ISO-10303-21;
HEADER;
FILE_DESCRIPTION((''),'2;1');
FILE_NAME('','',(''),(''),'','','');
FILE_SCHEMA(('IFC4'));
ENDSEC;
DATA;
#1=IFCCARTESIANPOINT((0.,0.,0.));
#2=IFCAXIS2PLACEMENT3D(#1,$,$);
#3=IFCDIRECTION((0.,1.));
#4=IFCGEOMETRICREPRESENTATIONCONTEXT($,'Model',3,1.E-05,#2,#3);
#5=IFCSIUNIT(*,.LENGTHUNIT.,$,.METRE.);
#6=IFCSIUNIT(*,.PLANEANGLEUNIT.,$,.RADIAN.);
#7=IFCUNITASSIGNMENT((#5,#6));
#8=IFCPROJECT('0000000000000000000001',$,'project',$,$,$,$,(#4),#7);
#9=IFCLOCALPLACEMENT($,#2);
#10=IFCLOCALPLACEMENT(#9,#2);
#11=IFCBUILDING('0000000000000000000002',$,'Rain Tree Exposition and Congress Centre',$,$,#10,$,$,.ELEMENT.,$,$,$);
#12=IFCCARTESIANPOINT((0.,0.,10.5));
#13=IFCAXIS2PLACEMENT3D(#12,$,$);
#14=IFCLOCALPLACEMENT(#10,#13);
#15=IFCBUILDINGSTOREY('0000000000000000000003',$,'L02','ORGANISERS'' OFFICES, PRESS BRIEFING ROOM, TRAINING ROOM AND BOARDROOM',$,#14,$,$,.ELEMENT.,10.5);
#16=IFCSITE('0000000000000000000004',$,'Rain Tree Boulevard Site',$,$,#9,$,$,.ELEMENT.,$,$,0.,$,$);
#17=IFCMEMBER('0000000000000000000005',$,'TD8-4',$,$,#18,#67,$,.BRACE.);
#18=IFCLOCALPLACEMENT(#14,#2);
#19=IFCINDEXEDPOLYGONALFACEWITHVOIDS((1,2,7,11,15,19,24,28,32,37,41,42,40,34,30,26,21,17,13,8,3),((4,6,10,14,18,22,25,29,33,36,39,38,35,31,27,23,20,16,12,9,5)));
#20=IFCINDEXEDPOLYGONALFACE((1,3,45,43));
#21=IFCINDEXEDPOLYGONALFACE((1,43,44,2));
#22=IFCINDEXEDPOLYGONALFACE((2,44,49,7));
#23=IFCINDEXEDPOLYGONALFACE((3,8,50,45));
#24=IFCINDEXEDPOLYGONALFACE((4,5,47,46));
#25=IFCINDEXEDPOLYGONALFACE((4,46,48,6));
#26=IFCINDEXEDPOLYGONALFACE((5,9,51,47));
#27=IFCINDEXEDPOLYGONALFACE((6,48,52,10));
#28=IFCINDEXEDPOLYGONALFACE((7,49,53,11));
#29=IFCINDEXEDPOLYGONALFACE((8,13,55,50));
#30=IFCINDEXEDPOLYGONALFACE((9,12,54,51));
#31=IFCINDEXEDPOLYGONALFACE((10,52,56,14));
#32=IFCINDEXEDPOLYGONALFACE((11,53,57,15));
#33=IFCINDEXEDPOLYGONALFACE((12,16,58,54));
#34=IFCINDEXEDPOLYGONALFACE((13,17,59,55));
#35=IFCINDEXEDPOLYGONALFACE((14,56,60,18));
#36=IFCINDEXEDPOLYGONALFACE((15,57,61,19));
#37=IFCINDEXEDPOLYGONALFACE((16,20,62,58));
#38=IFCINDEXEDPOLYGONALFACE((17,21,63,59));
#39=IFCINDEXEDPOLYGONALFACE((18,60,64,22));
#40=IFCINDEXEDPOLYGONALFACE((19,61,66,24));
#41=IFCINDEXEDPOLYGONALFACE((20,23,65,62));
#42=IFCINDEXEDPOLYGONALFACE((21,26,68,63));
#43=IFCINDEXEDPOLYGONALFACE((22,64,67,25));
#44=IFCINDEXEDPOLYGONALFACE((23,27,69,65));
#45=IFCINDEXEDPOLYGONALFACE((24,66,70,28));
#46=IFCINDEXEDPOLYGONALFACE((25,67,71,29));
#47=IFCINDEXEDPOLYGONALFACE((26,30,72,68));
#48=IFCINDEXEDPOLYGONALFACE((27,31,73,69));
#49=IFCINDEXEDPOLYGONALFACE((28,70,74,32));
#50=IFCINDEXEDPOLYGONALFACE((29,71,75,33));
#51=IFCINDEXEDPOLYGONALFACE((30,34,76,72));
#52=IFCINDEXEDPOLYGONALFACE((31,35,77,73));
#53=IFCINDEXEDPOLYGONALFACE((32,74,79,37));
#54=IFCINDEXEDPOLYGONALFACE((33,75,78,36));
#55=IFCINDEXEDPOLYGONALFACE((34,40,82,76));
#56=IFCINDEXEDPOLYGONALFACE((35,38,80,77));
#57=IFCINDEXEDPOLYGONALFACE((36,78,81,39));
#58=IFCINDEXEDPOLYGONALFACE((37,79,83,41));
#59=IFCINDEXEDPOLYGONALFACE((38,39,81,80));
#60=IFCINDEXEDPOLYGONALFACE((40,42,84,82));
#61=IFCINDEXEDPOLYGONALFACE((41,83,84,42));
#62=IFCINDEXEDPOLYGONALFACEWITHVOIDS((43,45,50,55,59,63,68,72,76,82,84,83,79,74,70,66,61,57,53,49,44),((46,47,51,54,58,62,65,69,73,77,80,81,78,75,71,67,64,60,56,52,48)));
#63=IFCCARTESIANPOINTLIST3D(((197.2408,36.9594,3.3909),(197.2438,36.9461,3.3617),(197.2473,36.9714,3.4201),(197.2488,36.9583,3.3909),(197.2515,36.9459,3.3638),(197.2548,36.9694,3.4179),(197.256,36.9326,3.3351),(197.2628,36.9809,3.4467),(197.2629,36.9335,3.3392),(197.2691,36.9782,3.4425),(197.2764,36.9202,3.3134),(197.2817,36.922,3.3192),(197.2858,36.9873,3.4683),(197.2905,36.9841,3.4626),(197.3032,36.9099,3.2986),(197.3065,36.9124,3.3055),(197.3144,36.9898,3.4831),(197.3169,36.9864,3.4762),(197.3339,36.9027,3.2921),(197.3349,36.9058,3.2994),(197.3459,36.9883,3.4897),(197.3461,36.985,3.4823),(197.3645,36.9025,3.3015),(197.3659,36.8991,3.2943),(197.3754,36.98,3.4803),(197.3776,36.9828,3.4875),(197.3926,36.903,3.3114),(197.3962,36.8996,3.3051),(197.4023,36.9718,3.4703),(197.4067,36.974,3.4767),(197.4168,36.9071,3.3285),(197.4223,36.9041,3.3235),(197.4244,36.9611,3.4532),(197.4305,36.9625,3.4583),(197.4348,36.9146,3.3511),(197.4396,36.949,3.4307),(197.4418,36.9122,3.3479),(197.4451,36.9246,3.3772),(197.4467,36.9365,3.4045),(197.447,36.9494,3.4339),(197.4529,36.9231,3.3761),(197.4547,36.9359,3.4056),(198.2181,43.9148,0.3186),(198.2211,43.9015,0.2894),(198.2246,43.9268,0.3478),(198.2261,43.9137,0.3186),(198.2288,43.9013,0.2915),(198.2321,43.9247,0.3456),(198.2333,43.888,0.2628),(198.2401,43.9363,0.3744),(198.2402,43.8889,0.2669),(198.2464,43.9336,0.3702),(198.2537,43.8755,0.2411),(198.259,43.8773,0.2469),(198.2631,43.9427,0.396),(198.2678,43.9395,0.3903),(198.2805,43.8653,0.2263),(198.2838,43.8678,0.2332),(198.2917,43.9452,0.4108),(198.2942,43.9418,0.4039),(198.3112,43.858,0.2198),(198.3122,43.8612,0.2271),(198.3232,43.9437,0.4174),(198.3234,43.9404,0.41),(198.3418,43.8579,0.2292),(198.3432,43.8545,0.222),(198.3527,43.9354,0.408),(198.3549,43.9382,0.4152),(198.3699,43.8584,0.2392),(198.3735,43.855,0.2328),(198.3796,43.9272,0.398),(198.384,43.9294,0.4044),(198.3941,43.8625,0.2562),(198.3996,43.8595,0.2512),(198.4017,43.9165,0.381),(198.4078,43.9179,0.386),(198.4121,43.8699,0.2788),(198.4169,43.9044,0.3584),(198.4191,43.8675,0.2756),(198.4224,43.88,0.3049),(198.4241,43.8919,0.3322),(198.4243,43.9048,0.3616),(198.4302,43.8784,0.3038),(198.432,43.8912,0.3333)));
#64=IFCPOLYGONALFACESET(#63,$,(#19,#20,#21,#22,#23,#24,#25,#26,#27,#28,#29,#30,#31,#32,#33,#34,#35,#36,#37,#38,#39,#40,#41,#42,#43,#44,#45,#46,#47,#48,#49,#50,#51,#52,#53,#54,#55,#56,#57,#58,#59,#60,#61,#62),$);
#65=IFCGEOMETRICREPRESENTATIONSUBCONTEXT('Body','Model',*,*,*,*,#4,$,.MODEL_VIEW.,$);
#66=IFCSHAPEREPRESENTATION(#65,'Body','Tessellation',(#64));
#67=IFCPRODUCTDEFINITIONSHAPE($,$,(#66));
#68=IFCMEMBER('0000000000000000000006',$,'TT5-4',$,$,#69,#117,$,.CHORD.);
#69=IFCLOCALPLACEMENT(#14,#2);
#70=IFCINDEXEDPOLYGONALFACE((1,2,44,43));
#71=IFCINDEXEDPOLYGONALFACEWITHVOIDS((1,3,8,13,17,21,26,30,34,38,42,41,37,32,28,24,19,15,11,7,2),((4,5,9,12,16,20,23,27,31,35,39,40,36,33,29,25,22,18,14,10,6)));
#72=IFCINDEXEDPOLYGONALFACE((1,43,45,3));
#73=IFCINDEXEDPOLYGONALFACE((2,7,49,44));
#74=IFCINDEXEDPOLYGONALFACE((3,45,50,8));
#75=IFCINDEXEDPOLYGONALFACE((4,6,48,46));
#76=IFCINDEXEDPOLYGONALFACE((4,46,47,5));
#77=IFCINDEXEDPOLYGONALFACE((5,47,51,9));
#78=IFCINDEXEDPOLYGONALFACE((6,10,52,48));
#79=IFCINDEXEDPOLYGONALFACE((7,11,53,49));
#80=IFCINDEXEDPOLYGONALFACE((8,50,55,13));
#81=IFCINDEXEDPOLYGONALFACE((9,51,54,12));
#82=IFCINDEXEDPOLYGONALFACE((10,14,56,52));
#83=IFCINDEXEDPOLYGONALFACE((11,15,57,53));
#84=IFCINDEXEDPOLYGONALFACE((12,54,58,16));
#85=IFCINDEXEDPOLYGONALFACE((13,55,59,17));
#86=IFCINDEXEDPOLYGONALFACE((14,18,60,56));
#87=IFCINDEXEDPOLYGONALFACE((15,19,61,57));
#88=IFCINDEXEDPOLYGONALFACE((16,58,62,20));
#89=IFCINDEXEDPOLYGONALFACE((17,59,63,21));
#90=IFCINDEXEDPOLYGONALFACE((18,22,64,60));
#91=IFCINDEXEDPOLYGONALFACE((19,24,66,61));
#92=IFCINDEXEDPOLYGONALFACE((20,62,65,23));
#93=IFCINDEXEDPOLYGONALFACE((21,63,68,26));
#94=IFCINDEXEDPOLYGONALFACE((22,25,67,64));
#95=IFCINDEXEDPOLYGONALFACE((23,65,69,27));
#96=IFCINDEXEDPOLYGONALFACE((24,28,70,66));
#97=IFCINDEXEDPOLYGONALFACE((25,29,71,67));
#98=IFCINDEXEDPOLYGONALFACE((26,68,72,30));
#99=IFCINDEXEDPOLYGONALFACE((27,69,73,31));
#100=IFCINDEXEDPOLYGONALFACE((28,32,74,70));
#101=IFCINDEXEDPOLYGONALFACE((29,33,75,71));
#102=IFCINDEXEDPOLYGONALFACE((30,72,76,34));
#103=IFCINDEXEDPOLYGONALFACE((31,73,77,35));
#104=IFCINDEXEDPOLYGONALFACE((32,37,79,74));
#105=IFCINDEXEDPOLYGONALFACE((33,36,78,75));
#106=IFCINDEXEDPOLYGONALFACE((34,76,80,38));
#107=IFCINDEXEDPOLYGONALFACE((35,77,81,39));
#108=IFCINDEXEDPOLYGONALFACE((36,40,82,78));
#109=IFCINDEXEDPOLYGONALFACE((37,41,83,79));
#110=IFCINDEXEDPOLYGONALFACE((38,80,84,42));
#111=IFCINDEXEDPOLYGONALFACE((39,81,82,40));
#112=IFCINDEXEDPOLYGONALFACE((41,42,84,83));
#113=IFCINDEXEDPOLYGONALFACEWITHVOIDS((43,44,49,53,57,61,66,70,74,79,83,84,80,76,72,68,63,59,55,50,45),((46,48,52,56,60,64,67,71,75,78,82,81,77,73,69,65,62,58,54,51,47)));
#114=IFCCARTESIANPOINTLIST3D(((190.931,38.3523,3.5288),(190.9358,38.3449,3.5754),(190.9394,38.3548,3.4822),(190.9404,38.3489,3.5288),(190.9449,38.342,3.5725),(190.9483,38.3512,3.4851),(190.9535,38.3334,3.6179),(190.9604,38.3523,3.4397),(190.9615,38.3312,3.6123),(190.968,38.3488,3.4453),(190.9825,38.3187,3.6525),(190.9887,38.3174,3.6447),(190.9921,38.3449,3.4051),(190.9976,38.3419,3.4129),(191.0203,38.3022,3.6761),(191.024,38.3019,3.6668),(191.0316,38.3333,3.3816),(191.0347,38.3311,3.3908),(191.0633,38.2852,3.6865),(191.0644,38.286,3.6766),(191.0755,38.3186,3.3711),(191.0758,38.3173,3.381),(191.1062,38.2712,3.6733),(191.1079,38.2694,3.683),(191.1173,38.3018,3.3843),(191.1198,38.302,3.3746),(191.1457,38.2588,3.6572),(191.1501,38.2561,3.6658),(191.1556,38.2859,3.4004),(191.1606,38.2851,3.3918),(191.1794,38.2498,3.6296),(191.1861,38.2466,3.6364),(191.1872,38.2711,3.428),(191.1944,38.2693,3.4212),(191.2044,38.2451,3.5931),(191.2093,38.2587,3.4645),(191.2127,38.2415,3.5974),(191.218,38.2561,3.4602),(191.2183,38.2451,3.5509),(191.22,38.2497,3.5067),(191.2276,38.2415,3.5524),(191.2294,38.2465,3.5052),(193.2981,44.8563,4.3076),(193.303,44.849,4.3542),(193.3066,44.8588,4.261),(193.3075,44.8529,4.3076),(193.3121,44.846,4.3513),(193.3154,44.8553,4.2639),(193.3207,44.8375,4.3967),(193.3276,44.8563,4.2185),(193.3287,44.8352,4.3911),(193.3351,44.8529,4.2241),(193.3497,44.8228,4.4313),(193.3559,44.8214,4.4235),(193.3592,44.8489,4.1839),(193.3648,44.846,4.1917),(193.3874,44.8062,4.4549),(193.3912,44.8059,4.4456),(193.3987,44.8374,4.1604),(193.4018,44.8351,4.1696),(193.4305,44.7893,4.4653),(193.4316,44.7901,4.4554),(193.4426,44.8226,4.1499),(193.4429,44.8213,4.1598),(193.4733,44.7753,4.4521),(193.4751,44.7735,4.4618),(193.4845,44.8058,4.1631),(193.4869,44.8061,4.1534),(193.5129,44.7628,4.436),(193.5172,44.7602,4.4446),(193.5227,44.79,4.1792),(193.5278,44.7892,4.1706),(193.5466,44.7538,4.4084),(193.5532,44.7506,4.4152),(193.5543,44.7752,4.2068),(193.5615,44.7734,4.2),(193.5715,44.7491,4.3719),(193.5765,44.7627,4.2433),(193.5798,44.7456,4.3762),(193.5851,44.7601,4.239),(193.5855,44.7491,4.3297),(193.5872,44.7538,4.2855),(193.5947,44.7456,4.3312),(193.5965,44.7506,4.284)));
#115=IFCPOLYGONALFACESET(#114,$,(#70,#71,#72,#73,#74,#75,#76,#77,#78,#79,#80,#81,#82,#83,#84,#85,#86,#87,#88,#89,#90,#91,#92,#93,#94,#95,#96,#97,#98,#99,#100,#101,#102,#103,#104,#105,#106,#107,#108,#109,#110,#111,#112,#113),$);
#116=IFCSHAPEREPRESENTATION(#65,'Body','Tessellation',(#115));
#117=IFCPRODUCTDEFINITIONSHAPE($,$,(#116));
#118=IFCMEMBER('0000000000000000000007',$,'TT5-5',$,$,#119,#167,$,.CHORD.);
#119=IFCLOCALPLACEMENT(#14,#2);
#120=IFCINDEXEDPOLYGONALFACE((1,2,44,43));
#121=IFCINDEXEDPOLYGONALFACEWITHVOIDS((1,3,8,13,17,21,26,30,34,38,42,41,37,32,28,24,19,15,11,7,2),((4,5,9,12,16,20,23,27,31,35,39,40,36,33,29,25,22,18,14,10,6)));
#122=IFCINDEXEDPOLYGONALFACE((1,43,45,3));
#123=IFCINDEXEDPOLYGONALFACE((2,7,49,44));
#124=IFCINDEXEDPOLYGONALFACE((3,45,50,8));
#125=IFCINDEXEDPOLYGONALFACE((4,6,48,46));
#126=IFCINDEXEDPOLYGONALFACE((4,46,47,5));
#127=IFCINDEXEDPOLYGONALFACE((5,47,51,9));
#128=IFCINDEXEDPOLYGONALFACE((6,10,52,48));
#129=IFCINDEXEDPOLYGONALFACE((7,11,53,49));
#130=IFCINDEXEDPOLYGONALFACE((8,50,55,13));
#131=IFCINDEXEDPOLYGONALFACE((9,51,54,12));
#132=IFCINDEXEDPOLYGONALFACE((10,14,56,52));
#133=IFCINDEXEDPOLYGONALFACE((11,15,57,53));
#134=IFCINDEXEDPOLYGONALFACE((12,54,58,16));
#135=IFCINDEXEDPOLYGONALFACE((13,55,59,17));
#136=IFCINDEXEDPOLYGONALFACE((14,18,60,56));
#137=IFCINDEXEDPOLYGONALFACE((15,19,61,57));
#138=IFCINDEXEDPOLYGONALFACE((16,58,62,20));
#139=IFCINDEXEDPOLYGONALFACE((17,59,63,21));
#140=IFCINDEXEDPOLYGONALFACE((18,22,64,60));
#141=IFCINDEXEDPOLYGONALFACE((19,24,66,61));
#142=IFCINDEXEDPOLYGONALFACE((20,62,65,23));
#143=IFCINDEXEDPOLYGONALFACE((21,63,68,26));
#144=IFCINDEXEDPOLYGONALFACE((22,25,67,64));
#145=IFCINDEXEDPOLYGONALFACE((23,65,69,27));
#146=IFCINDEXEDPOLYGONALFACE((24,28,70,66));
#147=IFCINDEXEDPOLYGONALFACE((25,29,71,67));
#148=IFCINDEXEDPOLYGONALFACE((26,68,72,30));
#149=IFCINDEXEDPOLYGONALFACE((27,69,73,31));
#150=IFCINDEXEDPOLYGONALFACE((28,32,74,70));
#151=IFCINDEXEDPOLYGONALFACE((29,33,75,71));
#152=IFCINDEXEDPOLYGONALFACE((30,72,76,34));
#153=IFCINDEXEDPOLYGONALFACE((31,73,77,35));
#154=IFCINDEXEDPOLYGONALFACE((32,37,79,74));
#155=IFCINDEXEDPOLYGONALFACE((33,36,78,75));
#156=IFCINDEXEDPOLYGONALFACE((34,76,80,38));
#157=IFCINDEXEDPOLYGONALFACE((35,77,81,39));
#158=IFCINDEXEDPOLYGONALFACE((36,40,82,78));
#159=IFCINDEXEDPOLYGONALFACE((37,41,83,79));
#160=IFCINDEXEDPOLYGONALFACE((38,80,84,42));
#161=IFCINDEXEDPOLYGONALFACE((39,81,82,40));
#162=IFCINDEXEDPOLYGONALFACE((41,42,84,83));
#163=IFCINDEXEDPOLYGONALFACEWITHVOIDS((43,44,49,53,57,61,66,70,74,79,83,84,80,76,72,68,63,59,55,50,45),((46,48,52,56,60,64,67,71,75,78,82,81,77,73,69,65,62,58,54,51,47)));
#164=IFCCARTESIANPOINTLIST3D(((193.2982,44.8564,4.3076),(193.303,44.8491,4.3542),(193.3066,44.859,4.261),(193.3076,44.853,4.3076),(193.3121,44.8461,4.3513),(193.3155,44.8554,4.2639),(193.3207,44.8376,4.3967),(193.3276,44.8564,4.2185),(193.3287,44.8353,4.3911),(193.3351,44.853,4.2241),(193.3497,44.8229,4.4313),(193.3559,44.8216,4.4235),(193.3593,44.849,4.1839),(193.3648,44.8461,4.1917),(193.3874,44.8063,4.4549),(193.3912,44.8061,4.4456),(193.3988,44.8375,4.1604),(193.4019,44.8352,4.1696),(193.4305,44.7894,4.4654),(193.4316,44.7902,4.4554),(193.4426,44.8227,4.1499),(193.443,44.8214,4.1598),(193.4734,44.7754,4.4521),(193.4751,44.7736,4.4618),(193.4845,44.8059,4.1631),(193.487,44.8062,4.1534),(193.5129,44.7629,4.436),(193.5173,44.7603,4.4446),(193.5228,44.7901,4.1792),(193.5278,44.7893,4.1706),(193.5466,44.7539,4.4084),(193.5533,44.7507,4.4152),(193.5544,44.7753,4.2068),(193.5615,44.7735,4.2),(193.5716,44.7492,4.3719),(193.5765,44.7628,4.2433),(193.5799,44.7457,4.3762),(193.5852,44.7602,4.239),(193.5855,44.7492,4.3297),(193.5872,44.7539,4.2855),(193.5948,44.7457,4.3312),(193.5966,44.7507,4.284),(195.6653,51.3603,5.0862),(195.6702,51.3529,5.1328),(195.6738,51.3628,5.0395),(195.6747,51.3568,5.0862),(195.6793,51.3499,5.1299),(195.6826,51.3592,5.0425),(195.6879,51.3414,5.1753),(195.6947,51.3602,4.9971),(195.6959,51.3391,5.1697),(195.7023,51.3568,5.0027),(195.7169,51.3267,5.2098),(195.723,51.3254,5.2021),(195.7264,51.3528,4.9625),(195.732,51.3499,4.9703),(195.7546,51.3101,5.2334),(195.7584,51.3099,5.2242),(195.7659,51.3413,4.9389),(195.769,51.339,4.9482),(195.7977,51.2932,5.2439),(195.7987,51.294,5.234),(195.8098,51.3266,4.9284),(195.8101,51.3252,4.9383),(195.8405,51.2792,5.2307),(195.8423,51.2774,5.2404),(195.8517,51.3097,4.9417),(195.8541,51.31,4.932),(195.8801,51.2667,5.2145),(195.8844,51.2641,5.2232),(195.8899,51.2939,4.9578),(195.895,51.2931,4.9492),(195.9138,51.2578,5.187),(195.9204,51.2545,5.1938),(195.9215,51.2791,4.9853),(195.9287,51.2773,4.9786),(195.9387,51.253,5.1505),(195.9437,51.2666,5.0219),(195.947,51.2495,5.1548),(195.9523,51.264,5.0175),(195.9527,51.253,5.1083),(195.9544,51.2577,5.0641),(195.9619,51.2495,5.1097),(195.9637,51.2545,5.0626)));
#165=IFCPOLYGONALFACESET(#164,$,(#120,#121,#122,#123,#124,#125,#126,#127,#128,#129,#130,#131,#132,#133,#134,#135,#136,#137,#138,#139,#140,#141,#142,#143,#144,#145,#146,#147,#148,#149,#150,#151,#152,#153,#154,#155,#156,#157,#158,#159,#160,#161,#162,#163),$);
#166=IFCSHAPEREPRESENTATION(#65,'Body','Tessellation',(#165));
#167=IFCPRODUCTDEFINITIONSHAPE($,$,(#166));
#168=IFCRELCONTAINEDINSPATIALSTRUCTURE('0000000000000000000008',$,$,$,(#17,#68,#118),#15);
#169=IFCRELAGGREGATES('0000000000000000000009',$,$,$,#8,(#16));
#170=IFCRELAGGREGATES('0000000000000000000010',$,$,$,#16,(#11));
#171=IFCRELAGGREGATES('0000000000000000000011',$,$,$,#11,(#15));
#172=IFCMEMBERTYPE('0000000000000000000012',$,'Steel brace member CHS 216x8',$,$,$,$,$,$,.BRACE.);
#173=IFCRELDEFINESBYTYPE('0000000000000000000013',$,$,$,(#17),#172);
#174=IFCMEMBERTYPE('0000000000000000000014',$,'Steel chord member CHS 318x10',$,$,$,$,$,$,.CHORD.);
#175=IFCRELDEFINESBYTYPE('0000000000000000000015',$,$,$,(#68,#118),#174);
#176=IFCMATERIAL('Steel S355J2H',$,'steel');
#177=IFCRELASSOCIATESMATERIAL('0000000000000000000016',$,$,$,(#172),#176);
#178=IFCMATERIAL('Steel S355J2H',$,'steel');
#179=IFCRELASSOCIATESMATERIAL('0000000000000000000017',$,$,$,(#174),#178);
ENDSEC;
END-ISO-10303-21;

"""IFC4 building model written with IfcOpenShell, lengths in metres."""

from ifc_helpers import new_model, si_unit, direction, frame, origin, origin_2d, place, context, subcontext, project, spatial, hollow_circle, extrude, material, material_profile, profile_set, type_object, element, save


model = new_model("IFC4")

# Units and contexts
model_context = context("Model", 3, precision=1e-05, world=origin(), true_north=direction((0.0, 1.0)))
body_context = subcontext(model_context, "Body", "Model", "MODEL_VIEW")
ifc_project = project(units=[si_unit("LENGTHUNIT", "METRE"), si_unit("PLANEANGLEUNIT", "RADIAN")], contexts=[model_context])

# Site, building, storey
site_placement = place(None, origin())
site = spatial("IfcSite", under=ifc_project, at=site_placement, Name="Rain Tree Boulevard Site", CompositionType="ELEMENT", RefElevation=0.0)
building_placement = place(site_placement, origin())
building = spatial("IfcBuilding", under=site, at=building_placement, Name="Rain Tree Exposition and Congress Centre", CompositionType="ELEMENT")
storey_placement = place(building_placement, frame((0.0, 0.0, 10.5)))
storey = spatial("IfcBuildingStorey", under=building, at=storey_placement, Name="L02", Description="ORGANISERS' OFFICES, PRESS BRIEFING ROOM, TRAINING ROOM AND BOARDROOM", CompositionType="ELEMENT", Elevation=10.5)

# Members
ifc_material_1 = material(Name="Steel S355J2H", Category="steel")
ifc_material_profile_1 = material_profile(ifc_material_1, hollow_circle(Radius=0.1082, WallThickness=0.0081, at=origin_2d()), Name="CHS 216x8")
ifc_profile_set_1 = profile_set([ifc_material_profile_1], Name="Steel S355J2H")
member_type_1 = type_object("IfcMemberType", Name="Steel brace member CHS 216x8", PredefinedType="BRACE", material=ifc_profile_set_1)
member_1_placement = place(storey_placement, frame((197.3479, 36.9443, 3.3909), z_axis=(0.127481, 0.907273, -0.400755), x_axis=(-0.990272, 0.139144, 0.0)))
element("IfcMember", 1, at=member_1_placement, inside=storey, type_object=member_type_1, Name="TD8-4", PredefinedType="BRACE", context=body_context, shape_type="SweptSolid", body=[
    extrude(hollow_circle(Radius=0.1082, WallThickness=0.0081, at=origin_2d()), origin(), (0.0, 0.0, 1.0), 7.6663),
])
ifc_material_2 = material(Name="Steel S355J2H", Category="steel")
ifc_material_profile_2 = material_profile(ifc_material_2, hollow_circle(Radius=0.1592, WallThickness=0.01, at=origin_2d()), Name="CHS 318x10")
ifc_profile_set_2 = profile_set([ifc_material_profile_2], Name="Steel S355J2H")
member_type_2 = type_object("IfcMemberType", Name="Steel chord member CHS 318x10", PredefinedType="CHORD", material=ifc_profile_set_2)
member_2_placement = place(storey_placement, frame((191.0806, 38.2979, 3.5288), z_axis=(0.339859, 0.933806, 0.111814), x_axis=(-0.939699, 0.342004, 0.0)))
element("IfcMember", 2, at=member_2_placement, inside=storey, type_object=member_type_2, Name="TT5-4", PredefinedType="CHORD", context=body_context, shape_type="SweptSolid", body=[
    extrude(hollow_circle(Radius=0.1592, WallThickness=0.01, at=origin_2d()), origin(), (0.0, 0.0, 1.0), 6.9651),
])
member_3_placement = place(storey_placement, frame((193.4478, 44.802, 4.3076), z_axis=(0.339871, 0.933805, 0.111783), x_axis=(-0.939695, 0.342015, 0.0)))
element("IfcMember", 3, at=member_3_placement, inside=storey, type_object=member_type_2, Name="TT5-5", PredefinedType="CHORD", context=body_context, shape_type="SweptSolid", body=[
    extrude(hollow_circle(Radius=0.1592, WallThickness=0.01, at=origin_2d()), origin(), (0.0, 0.0, 1.0), 6.9648),
])

save(model, "model.ifc")
